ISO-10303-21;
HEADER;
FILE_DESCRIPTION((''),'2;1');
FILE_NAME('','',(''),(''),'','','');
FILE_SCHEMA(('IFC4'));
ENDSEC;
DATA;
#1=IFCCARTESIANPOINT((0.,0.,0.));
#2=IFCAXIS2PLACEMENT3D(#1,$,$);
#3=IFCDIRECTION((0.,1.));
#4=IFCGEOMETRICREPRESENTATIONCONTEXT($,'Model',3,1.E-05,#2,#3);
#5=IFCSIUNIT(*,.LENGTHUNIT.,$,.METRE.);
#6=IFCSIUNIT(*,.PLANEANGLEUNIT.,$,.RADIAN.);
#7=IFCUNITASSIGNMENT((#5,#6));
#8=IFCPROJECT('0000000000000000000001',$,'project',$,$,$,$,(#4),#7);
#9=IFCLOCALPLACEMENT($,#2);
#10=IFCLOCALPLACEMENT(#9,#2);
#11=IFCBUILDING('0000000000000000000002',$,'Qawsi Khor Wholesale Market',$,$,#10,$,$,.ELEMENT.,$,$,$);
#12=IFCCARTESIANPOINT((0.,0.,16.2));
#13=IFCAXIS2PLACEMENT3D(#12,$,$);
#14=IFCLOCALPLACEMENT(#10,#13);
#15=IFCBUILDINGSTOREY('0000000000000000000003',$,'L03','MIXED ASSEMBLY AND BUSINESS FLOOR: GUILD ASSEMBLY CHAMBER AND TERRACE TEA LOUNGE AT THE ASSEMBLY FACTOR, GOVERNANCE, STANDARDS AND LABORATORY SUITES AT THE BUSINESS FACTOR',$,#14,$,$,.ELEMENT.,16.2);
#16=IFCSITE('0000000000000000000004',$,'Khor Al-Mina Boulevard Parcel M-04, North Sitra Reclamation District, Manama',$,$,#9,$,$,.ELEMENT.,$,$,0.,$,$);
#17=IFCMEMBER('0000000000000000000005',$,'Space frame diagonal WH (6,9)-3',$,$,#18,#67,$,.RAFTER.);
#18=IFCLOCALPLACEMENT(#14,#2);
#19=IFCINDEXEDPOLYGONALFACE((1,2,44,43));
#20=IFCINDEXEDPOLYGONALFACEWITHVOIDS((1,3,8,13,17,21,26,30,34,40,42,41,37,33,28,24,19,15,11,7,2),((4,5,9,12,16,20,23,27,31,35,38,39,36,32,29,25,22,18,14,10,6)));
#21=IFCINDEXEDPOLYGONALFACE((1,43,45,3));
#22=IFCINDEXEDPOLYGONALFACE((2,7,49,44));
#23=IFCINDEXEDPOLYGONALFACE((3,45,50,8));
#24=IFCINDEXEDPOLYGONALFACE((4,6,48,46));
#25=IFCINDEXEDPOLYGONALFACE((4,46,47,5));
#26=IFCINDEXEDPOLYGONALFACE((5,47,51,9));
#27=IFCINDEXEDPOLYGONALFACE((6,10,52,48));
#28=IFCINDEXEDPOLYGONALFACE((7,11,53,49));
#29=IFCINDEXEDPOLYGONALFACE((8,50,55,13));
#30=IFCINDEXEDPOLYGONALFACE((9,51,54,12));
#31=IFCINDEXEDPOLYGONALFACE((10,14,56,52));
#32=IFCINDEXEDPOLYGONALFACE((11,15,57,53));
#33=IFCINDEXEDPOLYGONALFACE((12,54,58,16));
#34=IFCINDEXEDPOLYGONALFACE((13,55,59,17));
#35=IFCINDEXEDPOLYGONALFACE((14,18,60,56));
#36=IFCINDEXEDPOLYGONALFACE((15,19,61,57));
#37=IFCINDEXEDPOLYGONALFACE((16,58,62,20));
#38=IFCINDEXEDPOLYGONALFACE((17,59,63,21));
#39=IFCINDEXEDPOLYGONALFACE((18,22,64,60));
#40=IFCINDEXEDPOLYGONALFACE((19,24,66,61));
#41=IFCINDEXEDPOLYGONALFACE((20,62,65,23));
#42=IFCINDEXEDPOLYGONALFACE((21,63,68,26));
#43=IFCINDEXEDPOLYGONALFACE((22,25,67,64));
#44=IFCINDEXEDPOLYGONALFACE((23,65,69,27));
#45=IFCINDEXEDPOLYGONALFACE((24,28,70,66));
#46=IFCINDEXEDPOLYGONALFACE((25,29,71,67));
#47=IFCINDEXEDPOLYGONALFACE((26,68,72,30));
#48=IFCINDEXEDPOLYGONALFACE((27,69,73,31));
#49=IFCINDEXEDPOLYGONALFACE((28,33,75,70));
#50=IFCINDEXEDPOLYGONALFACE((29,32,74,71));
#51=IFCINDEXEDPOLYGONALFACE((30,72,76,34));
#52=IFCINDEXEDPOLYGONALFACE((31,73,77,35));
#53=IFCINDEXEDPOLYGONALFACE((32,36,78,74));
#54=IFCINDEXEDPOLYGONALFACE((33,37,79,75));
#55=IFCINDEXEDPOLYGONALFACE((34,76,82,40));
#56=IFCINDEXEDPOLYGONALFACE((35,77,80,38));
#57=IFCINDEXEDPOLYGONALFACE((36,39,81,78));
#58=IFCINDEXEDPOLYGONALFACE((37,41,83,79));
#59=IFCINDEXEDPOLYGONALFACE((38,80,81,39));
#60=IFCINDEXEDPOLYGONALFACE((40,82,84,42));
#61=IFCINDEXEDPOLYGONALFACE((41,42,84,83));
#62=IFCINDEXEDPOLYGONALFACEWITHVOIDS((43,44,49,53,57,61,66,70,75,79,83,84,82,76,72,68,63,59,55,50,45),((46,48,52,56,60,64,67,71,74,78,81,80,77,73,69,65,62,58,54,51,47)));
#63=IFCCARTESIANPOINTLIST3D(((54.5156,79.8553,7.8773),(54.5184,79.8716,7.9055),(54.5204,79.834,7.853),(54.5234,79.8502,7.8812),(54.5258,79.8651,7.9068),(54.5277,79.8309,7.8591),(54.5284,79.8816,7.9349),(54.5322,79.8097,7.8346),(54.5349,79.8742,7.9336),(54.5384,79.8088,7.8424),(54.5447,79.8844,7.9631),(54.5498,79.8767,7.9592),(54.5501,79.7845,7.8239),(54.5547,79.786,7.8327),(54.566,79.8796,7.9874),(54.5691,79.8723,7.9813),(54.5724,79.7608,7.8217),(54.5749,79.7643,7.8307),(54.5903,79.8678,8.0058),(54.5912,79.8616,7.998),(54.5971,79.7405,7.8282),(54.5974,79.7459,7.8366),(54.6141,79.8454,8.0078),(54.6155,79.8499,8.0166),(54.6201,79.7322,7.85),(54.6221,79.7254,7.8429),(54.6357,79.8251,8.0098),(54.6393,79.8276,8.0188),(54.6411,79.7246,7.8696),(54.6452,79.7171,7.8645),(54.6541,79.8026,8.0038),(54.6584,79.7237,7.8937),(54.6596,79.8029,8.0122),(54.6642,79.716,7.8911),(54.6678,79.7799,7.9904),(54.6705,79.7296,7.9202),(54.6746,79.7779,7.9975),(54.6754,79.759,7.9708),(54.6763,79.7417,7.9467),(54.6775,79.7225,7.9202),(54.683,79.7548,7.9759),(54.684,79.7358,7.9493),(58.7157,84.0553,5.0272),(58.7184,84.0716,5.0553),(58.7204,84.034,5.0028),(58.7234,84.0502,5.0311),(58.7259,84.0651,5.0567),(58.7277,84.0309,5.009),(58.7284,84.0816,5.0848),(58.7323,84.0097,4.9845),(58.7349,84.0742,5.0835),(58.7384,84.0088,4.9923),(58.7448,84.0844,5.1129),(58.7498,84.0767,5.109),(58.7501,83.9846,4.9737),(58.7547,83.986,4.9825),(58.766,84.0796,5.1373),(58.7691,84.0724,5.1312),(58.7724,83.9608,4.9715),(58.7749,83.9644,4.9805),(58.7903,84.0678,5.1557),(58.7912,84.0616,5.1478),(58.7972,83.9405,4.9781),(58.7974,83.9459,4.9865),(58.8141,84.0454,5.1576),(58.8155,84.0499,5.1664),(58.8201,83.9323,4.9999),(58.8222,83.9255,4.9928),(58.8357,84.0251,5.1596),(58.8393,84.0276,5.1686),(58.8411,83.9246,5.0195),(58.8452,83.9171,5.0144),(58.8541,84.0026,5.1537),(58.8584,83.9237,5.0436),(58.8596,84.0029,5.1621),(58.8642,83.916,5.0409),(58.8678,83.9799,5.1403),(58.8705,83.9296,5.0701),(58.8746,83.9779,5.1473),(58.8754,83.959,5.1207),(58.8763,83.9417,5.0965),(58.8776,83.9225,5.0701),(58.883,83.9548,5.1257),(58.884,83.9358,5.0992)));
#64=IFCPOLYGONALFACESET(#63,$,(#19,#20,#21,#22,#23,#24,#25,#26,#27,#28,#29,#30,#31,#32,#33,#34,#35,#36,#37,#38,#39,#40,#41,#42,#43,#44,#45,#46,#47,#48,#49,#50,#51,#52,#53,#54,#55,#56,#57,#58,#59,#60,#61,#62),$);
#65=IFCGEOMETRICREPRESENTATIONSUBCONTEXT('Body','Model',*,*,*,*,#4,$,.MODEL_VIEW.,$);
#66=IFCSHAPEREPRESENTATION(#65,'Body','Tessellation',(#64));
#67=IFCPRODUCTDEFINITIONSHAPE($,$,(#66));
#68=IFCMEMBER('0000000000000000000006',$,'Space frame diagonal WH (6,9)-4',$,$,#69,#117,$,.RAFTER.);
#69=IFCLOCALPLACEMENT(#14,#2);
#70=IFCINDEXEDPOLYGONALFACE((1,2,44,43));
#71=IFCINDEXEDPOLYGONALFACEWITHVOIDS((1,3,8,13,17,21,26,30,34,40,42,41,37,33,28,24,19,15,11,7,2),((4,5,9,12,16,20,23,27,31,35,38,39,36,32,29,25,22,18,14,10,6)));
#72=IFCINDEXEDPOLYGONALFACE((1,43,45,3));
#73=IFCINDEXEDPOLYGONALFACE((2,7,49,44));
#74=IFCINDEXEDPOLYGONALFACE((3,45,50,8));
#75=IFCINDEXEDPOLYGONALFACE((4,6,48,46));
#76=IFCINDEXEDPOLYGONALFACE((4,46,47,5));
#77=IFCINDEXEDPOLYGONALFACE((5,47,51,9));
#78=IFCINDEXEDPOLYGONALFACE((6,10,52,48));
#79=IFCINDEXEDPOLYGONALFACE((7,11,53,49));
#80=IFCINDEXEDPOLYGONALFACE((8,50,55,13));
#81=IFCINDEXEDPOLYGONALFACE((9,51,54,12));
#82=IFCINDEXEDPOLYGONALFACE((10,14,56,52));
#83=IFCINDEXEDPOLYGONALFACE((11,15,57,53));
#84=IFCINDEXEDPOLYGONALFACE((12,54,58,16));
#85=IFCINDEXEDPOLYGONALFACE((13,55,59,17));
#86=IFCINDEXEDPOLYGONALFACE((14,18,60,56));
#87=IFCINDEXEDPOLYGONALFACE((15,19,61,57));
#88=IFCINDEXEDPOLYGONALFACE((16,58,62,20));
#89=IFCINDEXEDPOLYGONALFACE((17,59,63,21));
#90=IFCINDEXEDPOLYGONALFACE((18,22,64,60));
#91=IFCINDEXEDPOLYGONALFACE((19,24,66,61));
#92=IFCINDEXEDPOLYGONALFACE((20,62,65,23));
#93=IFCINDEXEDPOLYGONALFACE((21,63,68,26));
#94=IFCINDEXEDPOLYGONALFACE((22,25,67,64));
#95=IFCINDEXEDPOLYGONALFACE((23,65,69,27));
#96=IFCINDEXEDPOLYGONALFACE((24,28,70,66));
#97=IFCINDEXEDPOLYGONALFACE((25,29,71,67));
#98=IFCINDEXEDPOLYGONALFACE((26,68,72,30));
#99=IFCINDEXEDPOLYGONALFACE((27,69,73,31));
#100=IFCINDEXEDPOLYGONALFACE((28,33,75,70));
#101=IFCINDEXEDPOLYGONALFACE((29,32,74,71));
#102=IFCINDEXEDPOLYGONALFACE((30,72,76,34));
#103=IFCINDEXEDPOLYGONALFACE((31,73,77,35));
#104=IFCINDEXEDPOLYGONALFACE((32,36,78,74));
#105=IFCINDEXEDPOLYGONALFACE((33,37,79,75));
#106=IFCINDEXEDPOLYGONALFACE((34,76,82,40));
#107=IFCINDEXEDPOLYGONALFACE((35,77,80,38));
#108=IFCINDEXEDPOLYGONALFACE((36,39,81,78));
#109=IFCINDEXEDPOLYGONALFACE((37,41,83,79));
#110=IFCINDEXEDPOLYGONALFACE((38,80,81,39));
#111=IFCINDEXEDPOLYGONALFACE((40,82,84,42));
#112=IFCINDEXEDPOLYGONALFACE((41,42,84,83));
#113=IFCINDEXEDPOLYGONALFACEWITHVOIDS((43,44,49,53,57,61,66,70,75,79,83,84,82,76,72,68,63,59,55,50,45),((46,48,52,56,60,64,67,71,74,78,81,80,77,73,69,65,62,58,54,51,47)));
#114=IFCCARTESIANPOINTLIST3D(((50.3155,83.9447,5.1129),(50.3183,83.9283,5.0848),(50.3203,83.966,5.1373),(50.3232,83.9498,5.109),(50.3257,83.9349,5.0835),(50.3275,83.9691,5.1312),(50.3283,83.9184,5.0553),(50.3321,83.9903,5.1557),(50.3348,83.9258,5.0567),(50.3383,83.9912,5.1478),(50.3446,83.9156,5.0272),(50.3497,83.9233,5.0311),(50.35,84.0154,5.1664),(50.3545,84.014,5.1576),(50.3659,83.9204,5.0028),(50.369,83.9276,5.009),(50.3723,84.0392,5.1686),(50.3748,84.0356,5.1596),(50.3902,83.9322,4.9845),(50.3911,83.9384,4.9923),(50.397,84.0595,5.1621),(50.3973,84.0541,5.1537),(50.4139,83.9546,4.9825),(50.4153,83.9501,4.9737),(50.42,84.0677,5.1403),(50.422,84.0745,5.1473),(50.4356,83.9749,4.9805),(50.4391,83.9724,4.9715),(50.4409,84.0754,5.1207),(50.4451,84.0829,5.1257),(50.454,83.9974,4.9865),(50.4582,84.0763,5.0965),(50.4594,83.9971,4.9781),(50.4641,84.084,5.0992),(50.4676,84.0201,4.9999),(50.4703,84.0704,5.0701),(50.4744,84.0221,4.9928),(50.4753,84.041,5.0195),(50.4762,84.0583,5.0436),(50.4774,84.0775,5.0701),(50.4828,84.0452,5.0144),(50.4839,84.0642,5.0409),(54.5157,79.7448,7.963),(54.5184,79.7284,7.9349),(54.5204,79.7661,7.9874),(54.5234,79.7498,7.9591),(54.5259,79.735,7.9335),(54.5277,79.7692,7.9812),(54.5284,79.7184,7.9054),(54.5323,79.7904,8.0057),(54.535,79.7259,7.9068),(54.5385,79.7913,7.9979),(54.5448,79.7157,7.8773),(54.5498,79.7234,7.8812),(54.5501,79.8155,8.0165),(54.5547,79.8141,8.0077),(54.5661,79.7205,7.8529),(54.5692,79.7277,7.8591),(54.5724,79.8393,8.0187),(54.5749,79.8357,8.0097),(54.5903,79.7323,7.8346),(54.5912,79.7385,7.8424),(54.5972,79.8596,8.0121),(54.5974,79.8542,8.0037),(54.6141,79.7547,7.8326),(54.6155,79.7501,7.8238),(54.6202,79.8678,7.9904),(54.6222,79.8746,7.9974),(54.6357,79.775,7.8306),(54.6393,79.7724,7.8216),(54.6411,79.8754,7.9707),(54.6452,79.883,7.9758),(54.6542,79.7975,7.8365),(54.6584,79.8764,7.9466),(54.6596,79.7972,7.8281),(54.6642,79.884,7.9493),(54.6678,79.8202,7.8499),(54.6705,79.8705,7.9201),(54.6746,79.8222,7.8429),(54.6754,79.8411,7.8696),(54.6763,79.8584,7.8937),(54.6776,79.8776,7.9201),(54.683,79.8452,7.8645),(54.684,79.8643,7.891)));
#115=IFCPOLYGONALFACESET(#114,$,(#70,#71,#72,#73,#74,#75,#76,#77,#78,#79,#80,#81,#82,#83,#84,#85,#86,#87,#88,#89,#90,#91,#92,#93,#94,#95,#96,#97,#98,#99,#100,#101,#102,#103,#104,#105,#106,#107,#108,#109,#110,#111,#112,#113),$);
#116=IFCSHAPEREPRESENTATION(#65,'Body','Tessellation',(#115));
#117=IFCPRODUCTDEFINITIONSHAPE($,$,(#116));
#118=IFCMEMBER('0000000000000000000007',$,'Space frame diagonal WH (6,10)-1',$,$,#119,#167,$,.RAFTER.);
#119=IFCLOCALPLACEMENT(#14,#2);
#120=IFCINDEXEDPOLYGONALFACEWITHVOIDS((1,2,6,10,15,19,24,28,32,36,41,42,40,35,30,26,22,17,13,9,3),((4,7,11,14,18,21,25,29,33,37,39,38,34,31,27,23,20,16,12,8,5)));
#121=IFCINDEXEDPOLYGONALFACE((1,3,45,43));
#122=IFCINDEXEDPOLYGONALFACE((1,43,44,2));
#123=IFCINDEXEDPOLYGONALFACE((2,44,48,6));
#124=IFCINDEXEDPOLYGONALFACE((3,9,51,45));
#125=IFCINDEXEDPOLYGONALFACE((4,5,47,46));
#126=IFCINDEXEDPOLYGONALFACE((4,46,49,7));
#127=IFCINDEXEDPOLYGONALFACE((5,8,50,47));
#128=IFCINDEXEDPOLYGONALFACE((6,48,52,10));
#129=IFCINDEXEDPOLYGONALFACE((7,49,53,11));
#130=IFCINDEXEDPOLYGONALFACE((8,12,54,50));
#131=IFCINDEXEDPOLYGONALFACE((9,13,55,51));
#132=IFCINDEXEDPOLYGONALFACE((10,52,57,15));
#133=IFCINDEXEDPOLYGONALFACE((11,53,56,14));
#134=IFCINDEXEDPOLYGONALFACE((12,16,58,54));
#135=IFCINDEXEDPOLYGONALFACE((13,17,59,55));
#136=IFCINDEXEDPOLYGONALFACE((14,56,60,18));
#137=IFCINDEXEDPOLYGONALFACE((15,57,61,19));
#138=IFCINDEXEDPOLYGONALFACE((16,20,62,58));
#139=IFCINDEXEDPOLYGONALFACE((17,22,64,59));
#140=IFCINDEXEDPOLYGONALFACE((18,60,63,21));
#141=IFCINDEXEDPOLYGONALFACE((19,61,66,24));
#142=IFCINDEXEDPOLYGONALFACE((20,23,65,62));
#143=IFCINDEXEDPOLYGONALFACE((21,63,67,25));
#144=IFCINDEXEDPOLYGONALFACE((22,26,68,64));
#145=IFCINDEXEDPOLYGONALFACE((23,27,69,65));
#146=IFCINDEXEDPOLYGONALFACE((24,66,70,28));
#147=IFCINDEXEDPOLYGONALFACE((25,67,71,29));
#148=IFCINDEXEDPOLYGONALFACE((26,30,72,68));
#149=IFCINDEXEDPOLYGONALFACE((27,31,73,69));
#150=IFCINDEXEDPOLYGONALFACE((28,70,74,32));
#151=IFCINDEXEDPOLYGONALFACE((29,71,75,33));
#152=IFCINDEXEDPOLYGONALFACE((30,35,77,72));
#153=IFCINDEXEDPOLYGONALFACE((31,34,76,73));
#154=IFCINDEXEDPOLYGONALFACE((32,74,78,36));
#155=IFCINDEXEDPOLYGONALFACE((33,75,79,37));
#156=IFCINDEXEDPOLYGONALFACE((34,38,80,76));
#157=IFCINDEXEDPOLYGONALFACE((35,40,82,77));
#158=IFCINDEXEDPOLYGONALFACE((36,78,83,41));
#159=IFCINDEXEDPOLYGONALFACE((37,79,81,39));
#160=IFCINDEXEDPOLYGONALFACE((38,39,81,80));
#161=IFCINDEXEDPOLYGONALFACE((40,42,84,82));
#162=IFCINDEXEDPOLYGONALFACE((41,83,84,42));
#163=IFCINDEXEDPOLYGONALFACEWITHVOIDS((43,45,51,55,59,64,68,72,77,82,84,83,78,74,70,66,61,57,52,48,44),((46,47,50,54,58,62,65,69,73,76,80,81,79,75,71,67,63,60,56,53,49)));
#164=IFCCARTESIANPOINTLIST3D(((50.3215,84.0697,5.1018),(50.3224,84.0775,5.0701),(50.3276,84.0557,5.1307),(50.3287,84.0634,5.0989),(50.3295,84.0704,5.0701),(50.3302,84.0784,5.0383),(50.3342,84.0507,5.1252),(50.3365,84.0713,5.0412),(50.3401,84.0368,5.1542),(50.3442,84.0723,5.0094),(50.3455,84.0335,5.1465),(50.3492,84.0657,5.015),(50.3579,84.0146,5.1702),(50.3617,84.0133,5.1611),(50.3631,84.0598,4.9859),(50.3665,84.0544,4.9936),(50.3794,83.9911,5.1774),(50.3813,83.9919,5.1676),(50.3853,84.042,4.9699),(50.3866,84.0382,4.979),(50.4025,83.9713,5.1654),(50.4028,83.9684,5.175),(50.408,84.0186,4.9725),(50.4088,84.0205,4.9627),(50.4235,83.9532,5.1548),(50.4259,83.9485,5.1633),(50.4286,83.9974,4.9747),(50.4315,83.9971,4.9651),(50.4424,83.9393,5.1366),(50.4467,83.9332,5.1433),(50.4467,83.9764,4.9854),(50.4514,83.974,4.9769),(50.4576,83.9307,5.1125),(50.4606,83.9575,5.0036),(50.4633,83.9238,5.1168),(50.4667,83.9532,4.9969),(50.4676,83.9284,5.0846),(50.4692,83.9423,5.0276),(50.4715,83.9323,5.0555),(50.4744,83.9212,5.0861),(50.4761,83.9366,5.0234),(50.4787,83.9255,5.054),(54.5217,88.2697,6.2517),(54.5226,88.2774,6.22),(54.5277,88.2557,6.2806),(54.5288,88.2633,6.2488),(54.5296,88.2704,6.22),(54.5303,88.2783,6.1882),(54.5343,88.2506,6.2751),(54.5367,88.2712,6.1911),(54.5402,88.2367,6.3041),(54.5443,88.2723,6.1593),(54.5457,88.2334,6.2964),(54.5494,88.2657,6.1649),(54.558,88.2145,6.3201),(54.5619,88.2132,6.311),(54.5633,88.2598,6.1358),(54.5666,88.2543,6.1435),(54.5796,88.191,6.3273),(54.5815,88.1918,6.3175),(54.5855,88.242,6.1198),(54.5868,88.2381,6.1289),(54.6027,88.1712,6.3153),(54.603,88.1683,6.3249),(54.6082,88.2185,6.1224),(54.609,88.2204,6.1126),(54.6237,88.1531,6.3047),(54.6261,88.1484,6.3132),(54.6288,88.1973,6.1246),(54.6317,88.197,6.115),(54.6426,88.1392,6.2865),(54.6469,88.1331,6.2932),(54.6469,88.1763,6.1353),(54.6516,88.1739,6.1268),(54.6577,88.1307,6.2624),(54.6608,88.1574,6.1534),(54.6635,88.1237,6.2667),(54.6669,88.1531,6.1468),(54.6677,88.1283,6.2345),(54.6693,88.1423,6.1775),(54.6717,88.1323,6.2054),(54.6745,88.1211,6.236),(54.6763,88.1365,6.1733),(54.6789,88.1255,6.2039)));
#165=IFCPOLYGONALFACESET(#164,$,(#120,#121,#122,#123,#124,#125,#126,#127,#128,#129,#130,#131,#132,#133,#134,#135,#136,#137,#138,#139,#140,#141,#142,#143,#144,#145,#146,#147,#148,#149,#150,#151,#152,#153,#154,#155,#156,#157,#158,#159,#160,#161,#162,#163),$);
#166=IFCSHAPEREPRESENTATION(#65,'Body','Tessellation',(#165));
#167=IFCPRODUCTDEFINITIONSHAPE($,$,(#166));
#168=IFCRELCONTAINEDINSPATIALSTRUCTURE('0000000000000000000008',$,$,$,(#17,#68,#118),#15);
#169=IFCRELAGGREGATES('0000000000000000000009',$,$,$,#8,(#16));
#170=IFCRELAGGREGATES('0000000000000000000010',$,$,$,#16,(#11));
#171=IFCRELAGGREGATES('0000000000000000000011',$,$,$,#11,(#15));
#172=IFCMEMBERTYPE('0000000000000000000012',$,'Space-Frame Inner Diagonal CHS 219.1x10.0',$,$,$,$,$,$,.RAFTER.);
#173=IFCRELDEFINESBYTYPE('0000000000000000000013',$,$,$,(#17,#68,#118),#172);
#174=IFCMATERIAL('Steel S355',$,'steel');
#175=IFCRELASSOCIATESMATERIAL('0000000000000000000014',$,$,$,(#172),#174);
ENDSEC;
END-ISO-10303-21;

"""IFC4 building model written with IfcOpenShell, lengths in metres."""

from ifc_helpers import new_model, si_unit, direction, frame, origin, origin_2d, place, context, subcontext, project, spatial, hollow_circle, extrude, material, material_profile, profile_set, type_object, element, save


model = new_model("IFC4")

# Units and contexts
model_context = context("Model", 3, precision=1e-05, world=origin(), true_north=direction((0.0, 1.0)))
body_context = subcontext(model_context, "Body", "Model", "MODEL_VIEW")
ifc_project = project(units=[si_unit("LENGTHUNIT", "METRE"), si_unit("PLANEANGLEUNIT", "RADIAN")], contexts=[model_context])

# Site, building, storey
site_placement = place(None, origin())
site = spatial("IfcSite", under=ifc_project, at=site_placement, Name="Khor Al-Mina Boulevard Parcel M-04, North Sitra Reclamation District, Manama", CompositionType="ELEMENT", RefElevation=0.0)
building_placement = place(site_placement, origin())
building = spatial("IfcBuilding", under=site, at=building_placement, Name="Qawsi Khor Wholesale Market", CompositionType="ELEMENT")
storey_placement = place(building_placement, frame((0.0, 0.0, 16.2)))
storey = spatial("IfcBuildingStorey", under=building, at=storey_placement, Name="L03", Description="MIXED ASSEMBLY AND BUSINESS FLOOR: GUILD ASSEMBLY CHAMBER AND TERRACE TEA LOUNGE AT THE ASSEMBLY FACTOR, GOVERNANCE, STANDARDS AND LABORATORY SUITES AT THE BUSINESS FACTOR", CompositionType="ELEMENT", Elevation=16.2)

# Members
ifc_material_1 = material(Name="Steel S355", Category="steel")
ifc_material_profile_1 = material_profile(ifc_material_1, hollow_circle(Radius=0.1096, WallThickness=0.01, at=origin_2d()), Name="CHS 219.1x10.0")
ifc_profile_set_1 = profile_set([ifc_material_profile_1], Name="Steel S355")
member_type_1 = type_object("IfcMemberType", Name="Space-Frame Inner Diagonal CHS 219.1x10.0", PredefinedType="RAFTER", material=ifc_profile_set_1)
for number, where, z_axis, x_axis, name in (
    (1, (58.8, 84.0, 5.0701), (-0.637512, -0.637512, 0.432617), (0.707107, -0.707107, 0.0), "Space frame diagonal WH (6,9)-3"),
    (2, (50.3999, 84.0, 5.0701), (0.637534, -0.637497, 0.432607), (0.707086, 0.707127, 0.0), "Space frame diagonal WH (6,9)-4"),
):
    element("IfcMember", number, at=place(storey_placement, frame(where, z_axis=z_axis, x_axis=x_axis)), inside=storey, type_object=member_type_1, Name=name, PredefinedType="RAFTER", context=body_context, shape_type="SweptSolid", body=[
        extrude(hollow_circle(Radius=0.1096, WallThickness=0.01, at=origin_2d()), origin(), (0.0, 0.0, 1.0), 6.5881),
    ])
member_1_placement = place(storey_placement, frame((50.3999, 84.0, 5.0701), z_axis=(0.694238, 0.694197, 0.190064), x_axis=(-0.707086, 0.707127, 0.0)))
element("IfcMember", 3, at=member_1_placement, inside=storey, type_object=member_type_1, Name="Space frame diagonal WH (6,10)-1", PredefinedType="RAFTER", context=body_context, shape_type="SweptSolid", body=[
    extrude(hollow_circle(Radius=0.1096, WallThickness=0.01, at=origin_2d()), origin(), (0.0, 0.0, 1.0), 6.05),
])

save(model, "model.ifc")
